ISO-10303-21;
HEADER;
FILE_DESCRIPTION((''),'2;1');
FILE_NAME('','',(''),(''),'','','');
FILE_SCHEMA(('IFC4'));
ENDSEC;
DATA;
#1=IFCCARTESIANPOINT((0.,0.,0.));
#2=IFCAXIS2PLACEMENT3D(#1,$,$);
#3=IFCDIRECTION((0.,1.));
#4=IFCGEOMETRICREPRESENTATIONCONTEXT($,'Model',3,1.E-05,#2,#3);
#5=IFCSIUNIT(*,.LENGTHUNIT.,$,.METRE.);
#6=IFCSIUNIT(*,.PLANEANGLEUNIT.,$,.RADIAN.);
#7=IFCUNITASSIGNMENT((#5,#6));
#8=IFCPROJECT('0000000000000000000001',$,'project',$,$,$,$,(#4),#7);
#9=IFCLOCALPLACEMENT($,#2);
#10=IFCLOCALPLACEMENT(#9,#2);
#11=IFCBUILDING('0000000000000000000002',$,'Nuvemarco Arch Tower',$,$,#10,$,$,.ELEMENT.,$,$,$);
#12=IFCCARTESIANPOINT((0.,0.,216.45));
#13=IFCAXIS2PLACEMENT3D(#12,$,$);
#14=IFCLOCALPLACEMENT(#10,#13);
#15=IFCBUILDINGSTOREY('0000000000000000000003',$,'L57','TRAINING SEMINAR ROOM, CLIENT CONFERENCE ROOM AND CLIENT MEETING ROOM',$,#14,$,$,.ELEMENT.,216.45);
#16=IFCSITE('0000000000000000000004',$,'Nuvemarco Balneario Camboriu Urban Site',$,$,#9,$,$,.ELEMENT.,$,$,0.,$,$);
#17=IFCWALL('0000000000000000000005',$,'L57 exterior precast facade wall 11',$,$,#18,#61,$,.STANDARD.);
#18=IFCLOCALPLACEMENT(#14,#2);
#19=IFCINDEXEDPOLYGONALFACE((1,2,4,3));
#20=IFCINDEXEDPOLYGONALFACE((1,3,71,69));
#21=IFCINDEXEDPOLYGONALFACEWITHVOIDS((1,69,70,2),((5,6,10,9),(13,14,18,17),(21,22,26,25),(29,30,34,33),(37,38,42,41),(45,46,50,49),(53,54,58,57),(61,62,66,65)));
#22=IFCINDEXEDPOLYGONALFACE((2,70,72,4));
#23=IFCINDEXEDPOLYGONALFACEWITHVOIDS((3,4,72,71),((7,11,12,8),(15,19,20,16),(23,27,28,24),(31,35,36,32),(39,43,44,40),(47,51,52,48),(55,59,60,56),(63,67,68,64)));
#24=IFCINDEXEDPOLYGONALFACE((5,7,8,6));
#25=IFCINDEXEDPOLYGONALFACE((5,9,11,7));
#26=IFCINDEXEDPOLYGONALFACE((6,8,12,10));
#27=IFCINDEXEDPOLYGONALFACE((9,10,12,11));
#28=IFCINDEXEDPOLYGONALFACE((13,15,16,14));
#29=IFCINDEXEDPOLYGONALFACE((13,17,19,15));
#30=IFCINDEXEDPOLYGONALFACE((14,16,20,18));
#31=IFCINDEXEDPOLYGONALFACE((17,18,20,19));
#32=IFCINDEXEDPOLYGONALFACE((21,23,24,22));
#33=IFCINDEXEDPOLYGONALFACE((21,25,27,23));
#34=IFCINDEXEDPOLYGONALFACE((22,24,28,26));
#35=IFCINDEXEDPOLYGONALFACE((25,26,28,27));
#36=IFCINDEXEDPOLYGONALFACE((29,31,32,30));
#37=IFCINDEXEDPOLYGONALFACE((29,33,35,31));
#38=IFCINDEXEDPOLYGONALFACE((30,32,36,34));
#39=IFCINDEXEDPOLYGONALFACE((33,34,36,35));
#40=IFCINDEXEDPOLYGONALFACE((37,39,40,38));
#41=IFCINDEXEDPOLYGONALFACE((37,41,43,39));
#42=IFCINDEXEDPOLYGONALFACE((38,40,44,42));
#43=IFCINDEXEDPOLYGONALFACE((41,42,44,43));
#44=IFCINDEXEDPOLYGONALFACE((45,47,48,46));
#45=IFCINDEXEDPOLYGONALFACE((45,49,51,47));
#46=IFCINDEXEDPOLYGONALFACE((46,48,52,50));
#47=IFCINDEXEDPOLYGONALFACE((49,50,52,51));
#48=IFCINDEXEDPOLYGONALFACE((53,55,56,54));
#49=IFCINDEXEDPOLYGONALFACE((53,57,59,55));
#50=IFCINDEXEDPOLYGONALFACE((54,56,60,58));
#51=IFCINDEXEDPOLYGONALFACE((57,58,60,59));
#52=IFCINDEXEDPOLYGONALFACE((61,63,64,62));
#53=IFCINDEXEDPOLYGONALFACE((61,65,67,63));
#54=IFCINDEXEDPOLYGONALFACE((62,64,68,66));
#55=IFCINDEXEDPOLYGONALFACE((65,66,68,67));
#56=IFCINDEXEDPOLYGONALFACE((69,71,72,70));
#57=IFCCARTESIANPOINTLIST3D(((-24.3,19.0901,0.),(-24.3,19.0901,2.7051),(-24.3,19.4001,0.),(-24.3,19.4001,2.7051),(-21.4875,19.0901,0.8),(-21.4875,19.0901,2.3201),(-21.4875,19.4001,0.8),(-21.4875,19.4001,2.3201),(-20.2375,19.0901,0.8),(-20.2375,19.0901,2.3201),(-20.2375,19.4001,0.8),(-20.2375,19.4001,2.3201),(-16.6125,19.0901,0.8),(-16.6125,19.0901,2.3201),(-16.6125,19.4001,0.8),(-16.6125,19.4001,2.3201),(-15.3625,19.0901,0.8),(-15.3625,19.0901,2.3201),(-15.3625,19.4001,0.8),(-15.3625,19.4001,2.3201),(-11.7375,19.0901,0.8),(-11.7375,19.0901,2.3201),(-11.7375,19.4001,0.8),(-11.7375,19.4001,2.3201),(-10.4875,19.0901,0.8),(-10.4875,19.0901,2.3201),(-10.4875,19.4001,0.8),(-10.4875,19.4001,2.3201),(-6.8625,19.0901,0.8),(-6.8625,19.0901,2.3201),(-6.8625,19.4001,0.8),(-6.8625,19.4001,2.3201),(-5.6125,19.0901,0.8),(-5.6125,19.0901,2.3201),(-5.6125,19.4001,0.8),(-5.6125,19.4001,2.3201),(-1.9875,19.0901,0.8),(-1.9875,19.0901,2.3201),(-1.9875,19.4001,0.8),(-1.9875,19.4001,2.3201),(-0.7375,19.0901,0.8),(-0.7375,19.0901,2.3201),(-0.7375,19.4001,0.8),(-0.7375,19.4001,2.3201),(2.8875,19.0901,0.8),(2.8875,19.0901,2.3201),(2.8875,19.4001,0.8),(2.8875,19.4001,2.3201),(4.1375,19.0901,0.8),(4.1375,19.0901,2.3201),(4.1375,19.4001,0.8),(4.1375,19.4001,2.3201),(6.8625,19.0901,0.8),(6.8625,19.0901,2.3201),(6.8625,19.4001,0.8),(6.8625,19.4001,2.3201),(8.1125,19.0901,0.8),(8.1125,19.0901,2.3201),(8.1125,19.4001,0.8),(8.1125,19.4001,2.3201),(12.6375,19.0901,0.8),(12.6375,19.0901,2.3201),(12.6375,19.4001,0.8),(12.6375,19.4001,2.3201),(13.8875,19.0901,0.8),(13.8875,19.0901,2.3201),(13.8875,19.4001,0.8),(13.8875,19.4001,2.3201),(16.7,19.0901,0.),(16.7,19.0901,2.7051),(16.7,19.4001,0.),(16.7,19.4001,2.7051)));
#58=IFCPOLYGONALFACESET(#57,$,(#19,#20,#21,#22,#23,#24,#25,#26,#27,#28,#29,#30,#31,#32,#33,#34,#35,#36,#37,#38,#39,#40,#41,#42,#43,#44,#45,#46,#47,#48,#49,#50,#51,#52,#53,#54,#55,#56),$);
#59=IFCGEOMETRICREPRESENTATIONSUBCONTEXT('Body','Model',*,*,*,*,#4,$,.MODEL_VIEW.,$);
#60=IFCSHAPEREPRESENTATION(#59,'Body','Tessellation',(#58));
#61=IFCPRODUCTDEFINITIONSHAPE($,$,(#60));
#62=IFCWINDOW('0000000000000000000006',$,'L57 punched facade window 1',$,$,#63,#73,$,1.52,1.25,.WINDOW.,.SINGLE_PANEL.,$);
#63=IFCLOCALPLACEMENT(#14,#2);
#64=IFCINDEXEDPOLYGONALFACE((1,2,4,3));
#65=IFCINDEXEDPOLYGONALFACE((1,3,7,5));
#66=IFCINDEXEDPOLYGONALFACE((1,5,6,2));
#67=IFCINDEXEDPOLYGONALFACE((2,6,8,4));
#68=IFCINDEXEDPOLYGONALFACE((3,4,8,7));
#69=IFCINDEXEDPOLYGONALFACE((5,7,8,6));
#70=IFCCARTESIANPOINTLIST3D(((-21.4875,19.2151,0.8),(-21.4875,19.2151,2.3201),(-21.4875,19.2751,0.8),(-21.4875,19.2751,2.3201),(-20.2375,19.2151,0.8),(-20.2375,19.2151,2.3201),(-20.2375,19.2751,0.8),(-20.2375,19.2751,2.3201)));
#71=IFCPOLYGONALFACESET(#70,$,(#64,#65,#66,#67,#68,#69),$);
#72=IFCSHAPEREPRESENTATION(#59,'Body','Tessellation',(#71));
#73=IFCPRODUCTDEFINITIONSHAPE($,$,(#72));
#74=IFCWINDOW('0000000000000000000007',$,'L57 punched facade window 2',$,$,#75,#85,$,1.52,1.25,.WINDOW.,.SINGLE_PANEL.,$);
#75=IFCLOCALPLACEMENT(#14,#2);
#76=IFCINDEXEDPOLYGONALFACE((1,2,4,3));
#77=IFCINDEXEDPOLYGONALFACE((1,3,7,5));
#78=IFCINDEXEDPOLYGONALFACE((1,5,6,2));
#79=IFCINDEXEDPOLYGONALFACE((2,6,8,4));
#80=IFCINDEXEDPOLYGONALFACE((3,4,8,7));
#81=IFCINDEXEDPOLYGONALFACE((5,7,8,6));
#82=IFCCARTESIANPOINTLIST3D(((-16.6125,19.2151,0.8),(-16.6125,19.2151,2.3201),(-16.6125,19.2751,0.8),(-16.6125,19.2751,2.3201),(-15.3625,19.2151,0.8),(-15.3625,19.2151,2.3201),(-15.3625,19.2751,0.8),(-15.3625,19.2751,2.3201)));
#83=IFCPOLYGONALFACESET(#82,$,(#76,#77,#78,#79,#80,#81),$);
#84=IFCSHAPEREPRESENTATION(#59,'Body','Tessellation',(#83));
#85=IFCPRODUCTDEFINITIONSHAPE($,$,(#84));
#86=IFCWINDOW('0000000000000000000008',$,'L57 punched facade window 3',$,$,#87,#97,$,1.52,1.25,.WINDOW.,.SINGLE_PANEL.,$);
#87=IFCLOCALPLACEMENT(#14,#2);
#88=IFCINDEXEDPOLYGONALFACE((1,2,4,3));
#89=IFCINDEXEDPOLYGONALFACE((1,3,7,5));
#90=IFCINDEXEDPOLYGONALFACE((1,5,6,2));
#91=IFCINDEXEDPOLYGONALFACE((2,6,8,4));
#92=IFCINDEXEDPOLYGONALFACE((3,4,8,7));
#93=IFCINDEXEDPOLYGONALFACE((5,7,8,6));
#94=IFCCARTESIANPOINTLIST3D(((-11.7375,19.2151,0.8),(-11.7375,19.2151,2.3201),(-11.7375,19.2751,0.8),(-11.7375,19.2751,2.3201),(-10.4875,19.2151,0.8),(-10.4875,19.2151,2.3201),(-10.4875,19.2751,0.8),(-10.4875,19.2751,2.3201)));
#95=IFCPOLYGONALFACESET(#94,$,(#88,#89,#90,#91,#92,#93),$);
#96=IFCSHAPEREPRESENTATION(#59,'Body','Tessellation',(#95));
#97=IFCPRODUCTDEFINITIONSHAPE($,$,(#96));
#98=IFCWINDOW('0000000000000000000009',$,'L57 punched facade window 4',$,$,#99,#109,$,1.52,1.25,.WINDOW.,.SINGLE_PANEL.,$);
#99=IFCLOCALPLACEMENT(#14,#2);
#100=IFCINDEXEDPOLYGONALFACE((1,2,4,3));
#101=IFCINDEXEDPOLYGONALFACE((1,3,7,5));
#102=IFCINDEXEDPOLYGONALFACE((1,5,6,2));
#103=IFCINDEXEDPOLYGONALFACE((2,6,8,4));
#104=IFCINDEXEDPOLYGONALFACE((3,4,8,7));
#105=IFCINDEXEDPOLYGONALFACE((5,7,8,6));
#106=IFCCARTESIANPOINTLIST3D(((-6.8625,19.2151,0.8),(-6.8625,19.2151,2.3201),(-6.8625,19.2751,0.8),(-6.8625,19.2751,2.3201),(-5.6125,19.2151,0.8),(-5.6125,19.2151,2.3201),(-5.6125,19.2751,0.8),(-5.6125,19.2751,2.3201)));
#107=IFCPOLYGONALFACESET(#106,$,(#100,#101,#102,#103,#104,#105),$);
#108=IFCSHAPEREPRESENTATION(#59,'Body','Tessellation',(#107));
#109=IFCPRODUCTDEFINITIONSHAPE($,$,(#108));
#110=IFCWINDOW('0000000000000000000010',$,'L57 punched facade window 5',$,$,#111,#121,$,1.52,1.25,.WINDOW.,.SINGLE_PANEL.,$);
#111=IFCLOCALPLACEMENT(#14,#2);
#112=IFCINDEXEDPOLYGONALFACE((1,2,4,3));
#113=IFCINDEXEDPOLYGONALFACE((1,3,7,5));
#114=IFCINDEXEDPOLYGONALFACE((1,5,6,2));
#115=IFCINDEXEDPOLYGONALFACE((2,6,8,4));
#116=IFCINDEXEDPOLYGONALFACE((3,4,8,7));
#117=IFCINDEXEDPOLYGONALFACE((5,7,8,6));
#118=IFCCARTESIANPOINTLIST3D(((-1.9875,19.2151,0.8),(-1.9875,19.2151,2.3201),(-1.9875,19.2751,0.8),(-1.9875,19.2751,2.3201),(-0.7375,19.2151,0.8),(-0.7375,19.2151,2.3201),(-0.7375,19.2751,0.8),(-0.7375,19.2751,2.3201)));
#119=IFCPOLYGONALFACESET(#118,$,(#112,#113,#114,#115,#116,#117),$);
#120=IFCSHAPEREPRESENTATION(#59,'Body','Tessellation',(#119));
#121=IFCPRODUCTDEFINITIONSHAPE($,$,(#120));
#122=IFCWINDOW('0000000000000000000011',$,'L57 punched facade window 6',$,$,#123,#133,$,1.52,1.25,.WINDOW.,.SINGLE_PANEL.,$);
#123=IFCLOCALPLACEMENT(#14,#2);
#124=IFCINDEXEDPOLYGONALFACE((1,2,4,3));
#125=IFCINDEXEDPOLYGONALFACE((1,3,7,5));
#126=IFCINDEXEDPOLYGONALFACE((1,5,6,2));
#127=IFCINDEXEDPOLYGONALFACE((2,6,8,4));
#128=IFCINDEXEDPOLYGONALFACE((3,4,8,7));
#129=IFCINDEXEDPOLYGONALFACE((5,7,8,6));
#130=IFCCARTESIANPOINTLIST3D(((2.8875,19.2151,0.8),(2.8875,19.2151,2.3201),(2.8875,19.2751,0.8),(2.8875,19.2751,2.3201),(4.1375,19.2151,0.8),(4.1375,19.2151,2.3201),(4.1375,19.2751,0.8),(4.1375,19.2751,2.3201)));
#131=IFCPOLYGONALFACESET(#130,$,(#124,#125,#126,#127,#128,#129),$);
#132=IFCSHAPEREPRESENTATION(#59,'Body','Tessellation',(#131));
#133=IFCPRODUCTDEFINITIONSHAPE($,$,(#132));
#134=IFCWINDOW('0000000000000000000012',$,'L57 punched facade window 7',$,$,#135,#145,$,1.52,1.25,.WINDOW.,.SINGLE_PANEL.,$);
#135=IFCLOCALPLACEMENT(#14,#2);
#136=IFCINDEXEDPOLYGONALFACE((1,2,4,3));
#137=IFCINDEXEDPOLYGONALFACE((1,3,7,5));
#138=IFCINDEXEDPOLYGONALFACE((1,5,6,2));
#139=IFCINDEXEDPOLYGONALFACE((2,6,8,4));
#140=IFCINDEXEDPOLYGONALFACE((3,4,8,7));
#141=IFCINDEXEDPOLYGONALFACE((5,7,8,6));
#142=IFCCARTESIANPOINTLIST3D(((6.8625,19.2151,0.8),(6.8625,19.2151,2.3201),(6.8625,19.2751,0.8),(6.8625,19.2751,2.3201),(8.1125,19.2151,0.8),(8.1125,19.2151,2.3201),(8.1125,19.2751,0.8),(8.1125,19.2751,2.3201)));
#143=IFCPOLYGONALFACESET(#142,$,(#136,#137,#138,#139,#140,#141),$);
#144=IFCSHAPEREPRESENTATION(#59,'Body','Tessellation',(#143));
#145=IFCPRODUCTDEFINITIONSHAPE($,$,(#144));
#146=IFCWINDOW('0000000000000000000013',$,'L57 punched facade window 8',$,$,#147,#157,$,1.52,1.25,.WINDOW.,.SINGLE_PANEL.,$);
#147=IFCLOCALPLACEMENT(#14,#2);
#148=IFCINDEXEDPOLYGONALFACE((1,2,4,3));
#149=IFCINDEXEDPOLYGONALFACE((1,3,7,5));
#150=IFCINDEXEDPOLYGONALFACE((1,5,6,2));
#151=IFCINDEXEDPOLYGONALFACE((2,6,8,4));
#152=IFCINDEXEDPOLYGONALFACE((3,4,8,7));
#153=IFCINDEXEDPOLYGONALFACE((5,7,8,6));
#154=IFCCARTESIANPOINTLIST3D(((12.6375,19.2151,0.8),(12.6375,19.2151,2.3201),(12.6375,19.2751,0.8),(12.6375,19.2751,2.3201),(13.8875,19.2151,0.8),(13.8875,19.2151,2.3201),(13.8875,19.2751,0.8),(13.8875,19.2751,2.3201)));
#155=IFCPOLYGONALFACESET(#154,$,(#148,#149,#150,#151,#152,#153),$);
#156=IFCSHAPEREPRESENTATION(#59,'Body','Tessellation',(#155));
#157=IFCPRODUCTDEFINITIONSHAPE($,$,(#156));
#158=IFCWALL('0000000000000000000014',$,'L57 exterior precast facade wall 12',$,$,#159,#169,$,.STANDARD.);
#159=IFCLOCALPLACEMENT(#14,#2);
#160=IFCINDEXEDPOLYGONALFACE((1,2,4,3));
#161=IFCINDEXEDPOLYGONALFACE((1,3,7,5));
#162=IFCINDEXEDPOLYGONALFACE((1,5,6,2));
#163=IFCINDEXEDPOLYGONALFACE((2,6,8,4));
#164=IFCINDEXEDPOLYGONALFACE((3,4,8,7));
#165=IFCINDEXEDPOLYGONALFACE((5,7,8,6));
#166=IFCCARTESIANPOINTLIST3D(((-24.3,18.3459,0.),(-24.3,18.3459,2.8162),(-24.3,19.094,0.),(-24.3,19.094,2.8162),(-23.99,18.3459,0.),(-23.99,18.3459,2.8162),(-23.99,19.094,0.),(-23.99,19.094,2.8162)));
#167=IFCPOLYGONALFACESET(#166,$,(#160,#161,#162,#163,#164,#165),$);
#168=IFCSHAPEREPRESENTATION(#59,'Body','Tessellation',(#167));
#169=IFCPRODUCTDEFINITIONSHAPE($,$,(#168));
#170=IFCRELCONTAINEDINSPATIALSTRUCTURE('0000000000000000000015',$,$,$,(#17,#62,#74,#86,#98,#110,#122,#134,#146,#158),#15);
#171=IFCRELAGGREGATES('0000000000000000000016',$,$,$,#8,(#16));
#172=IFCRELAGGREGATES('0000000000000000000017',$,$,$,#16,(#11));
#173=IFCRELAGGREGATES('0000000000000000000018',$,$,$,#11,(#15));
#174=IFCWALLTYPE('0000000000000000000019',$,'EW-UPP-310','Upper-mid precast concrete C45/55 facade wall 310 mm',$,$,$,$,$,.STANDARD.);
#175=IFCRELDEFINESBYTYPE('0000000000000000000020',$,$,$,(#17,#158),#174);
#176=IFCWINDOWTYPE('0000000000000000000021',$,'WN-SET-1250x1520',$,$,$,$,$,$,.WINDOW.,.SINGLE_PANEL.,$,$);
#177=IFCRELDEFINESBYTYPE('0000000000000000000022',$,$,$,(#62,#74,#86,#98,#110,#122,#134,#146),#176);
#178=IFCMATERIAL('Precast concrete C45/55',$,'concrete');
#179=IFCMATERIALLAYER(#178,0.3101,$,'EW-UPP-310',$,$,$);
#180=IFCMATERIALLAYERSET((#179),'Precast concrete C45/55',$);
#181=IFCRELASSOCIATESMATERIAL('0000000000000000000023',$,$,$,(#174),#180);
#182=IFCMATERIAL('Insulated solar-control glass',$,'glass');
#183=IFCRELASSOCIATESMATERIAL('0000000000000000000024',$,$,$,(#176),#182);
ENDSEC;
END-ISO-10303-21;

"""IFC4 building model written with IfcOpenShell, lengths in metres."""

from ifc_helpers import new_model, si_unit, direction, frame, frame_2d, origin, place, context, subcontext, project, spatial, rectangle, extrude, source, transform, mapped, material, layer, layer_set, type_object, type_shapes, element, fill, save


model = new_model("IFC4")

# Units and contexts
model_context = context("Model", 3, precision=1e-05, world=origin(), true_north=direction((0.0, 1.0)))
body_context = subcontext(model_context, "Body", "Model", "MODEL_VIEW")
ifc_project = project(units=[si_unit("LENGTHUNIT", "METRE"), si_unit("PLANEANGLEUNIT", "RADIAN")], contexts=[model_context])

# Site, building, storey
site_placement = place(None, origin())
site = spatial("IfcSite", under=ifc_project, at=site_placement, Name="Nuvemarco Balneario Camboriu Urban Site", CompositionType="ELEMENT", RefElevation=0.0)
building_placement = place(site_placement, origin())
building = spatial("IfcBuilding", under=site, at=building_placement, Name="Nuvemarco Arch Tower", CompositionType="ELEMENT")
storey_placement = place(building_placement, frame((0.0, 0.0, 216.45)))
storey = spatial("IfcBuildingStorey", under=building, at=storey_placement, Name="L57", Description="TRAINING SEMINAR ROOM, CLIENT CONFERENCE ROOM AND CLIENT MEETING ROOM", CompositionType="ELEMENT", Elevation=216.45)

# Wall, openings, windows
ifc_material_1 = material(Name="Precast concrete C45/55", Category="concrete")
ifc_layer = layer(ifc_material_1, 0.3101, Name="EW-UPP-310")
ifc_layer_set = layer_set([ifc_layer], Name="Precast concrete C45/55")
wall_type = type_object("IfcWallType", Name="EW-UPP-310", Description="Upper-mid precast concrete C45/55 facade wall 310 mm", PredefinedType="STANDARD", material=ifc_layer_set)
wall_1_placement = place(storey_placement, frame((-24.3, 19.2451, 0.0), z_axis=(0.0, 0.0, 1.0), x_axis=(1.0, 0.0, 0.0)))
wall_1 = element("IfcWall", 1, at=wall_1_placement, inside=storey, type_object=wall_type, Name="L57 exterior precast facade wall 11", PredefinedType="STANDARD", context=body_context, shape_type="SweptSolid", body=[
    extrude(rectangle(XDim=41.0, YDim=0.3101, at=frame_2d((20.5, 0.0))), origin(), (0.0, 0.0, 1.0), 2.7051),
])
opening_1_placement = place(wall_1_placement, frame((2.8125, 0.0, 0.8)))
opening_1 = element("IfcOpeningElement", 2, at=opening_1_placement, cuts=wall_1, PredefinedType="OPENING", context=body_context, shape_type="SweptSolid", body=[
    extrude(rectangle(XDim=1.25, YDim=1.52, at=frame_2d((0.625, 0.76))), frame((0.0, 0.165, 0.0), z_axis=(0.0, -1.0, 0.0), x_axis=(1.0, 0.0, 0.0)), (0.0, 0.0, 1.0), 0.3301),
])
opening_2_placement = place(wall_1_placement, frame((7.6875, 0.0, 0.8)))
opening_2 = element("IfcOpeningElement", 3, at=opening_2_placement, cuts=wall_1, PredefinedType="OPENING", context=body_context, shape_type="SweptSolid", body=[
    extrude(rectangle(XDim=1.25, YDim=1.52, at=frame_2d((0.625, 0.76))), frame((0.0, 0.165, 0.0), z_axis=(0.0, -1.0, 0.0), x_axis=(1.0, 0.0, 0.0)), (0.0, 0.0, 1.0), 0.3301),
])
opening_3_placement = place(wall_1_placement, frame((12.5625, 0.0, 0.8)))
opening_3 = element("IfcOpeningElement", 4, at=opening_3_placement, cuts=wall_1, PredefinedType="OPENING", context=body_context, shape_type="SweptSolid", body=[
    extrude(rectangle(XDim=1.25, YDim=1.52, at=frame_2d((0.625, 0.76))), frame((0.0, 0.165, 0.0), z_axis=(0.0, -1.0, 0.0), x_axis=(1.0, 0.0, 0.0)), (0.0, 0.0, 1.0), 0.3301),
])
opening_4_placement = place(wall_1_placement, frame((17.4375, 0.0, 0.8)))
opening_4 = element("IfcOpeningElement", 5, at=opening_4_placement, cuts=wall_1, PredefinedType="OPENING", context=body_context, shape_type="SweptSolid", body=[
    extrude(rectangle(XDim=1.25, YDim=1.52, at=frame_2d((0.625, 0.76))), frame((0.0, 0.165, 0.0), z_axis=(0.0, -1.0, 0.0), x_axis=(1.0, 0.0, 0.0)), (0.0, 0.0, 1.0), 0.3301),
])
opening_5_placement = place(wall_1_placement, frame((22.3125, 0.0, 0.8)))
opening_5 = element("IfcOpeningElement", 6, at=opening_5_placement, cuts=wall_1, PredefinedType="OPENING", context=body_context, shape_type="SweptSolid", body=[
    extrude(rectangle(XDim=1.25, YDim=1.52, at=frame_2d((0.625, 0.76))), frame((0.0, 0.165, 0.0), z_axis=(0.0, -1.0, 0.0), x_axis=(1.0, 0.0, 0.0)), (0.0, 0.0, 1.0), 0.3301),
])
opening_6_placement = place(wall_1_placement, frame((27.1875, 0.0, 0.8)))
opening_6 = element("IfcOpeningElement", 7, at=opening_6_placement, cuts=wall_1, PredefinedType="OPENING", context=body_context, shape_type="SweptSolid", body=[
    extrude(rectangle(XDim=1.25, YDim=1.52, at=frame_2d((0.625, 0.76))), frame((0.0, 0.165, 0.0), z_axis=(0.0, -1.0, 0.0), x_axis=(1.0, 0.0, 0.0)), (0.0, 0.0, 1.0), 0.3301),
])
opening_7_placement = place(wall_1_placement, frame((31.1626, 0.0, 0.8)))
opening_7 = element("IfcOpeningElement", 8, at=opening_7_placement, cuts=wall_1, PredefinedType="OPENING", context=body_context, shape_type="SweptSolid", body=[
    extrude(rectangle(XDim=1.25, YDim=1.52, at=frame_2d((0.625, 0.76))), frame((0.0, 0.165, 0.0), z_axis=(0.0, -1.0, 0.0), x_axis=(1.0, 0.0, 0.0)), (0.0, 0.0, 1.0), 0.3301),
])
opening_8_placement = place(wall_1_placement, frame((36.9375, 0.0, 0.8)))
opening_8 = element("IfcOpeningElement", 9, at=opening_8_placement, cuts=wall_1, PredefinedType="OPENING", context=body_context, shape_type="SweptSolid", body=[
    extrude(rectangle(XDim=1.25, YDim=1.52, at=frame_2d((0.625, 0.76))), frame((0.0, 0.165, 0.0), z_axis=(0.0, -1.0, 0.0), x_axis=(1.0, 0.0, 0.0)), (0.0, 0.0, 1.0), 0.3301),
])
ifc_material_2 = material(Name="Insulated solar-control glass", Category="glass")
window_type = type_object("IfcWindowType", Name="WN-SET-1250x1520", PartitioningType="SINGLE_PANEL", PredefinedType="WINDOW", material=ifc_material_2)
shared_shape_1 = source(origin(), body_context, "Body", "SweptSolid", [
    extrude(rectangle(XDim=1.25, YDim=1.52, at=frame_2d((0.625, 0.76))), frame((0.0, 0.03, 0.0), z_axis=(0.0, -1.0, 0.0), x_axis=(1.0, 0.0, 0.0)), (0.0, 0.0, 1.0), 0.0601),
])
type_shapes(window_type, [shared_shape_1])
window_1_placement = place(opening_1_placement, origin())
window_1 = element("IfcWindow", 10, at=window_1_placement, inside=storey, type_object=window_type, Name="L57 punched facade window 1", OverallHeight=1.52, OverallWidth=1.25, PartitioningType="SINGLE_PANEL", PredefinedType="WINDOW", context=body_context, shape_type="MappedRepresentation", body=[
    mapped(shared_shape_1, transform((0.0, 0.0, 0.0), scale=1.0)),
])
fill(opening_1, window_1)
window_2_placement = place(opening_2_placement, origin())
window_2 = element("IfcWindow", 11, at=window_2_placement, inside=storey, type_object=window_type, Name="L57 punched facade window 2", OverallHeight=1.52, OverallWidth=1.25, PartitioningType="SINGLE_PANEL", PredefinedType="WINDOW", context=body_context, shape_type="MappedRepresentation", body=[
    mapped(shared_shape_1, transform((0.0, 0.0, 0.0), scale=1.0)),
])
fill(opening_2, window_2)
window_3_placement = place(opening_3_placement, origin())
window_3 = element("IfcWindow", 12, at=window_3_placement, inside=storey, type_object=window_type, Name="L57 punched facade window 3", OverallHeight=1.52, OverallWidth=1.25, PartitioningType="SINGLE_PANEL", PredefinedType="WINDOW", context=body_context, shape_type="MappedRepresentation", body=[
    mapped(shared_shape_1, transform((0.0, 0.0, 0.0), scale=1.0)),
])
fill(opening_3, window_3)
window_4_placement = place(opening_4_placement, origin())
window_4 = element("IfcWindow", 13, at=window_4_placement, inside=storey, type_object=window_type, Name="L57 punched facade window 4", OverallHeight=1.52, OverallWidth=1.25, PartitioningType="SINGLE_PANEL", PredefinedType="WINDOW", context=body_context, shape_type="MappedRepresentation", body=[
    mapped(shared_shape_1, transform((0.0, 0.0, 0.0), scale=1.0)),
])
fill(opening_4, window_4)
window_5_placement = place(opening_5_placement, origin())
window_5 = element("IfcWindow", 14, at=window_5_placement, inside=storey, type_object=window_type, Name="L57 punched facade window 5", OverallHeight=1.52, OverallWidth=1.25, PartitioningType="SINGLE_PANEL", PredefinedType="WINDOW", context=body_context, shape_type="MappedRepresentation", body=[
    mapped(shared_shape_1, transform((0.0, 0.0, 0.0), scale=1.0)),
])
fill(opening_5, window_5)
window_6_placement = place(opening_6_placement, origin())
window_6 = element("IfcWindow", 15, at=window_6_placement, inside=storey, type_object=window_type, Name="L57 punched facade window 6", OverallHeight=1.52, OverallWidth=1.25, PartitioningType="SINGLE_PANEL", PredefinedType="WINDOW", context=body_context, shape_type="MappedRepresentation", body=[
    mapped(shared_shape_1, transform((0.0, 0.0, 0.0), scale=1.0)),
])
fill(opening_6, window_6)
window_7_placement = place(opening_7_placement, origin())
window_7 = element("IfcWindow", 16, at=window_7_placement, inside=storey, type_object=window_type, Name="L57 punched facade window 7", OverallHeight=1.52, OverallWidth=1.25, PartitioningType="SINGLE_PANEL", PredefinedType="WINDOW", context=body_context, shape_type="MappedRepresentation", body=[
    mapped(shared_shape_1, transform((0.0, 0.0, 0.0), scale=1.0)),
])
fill(opening_7, window_7)
window_8_placement = place(opening_8_placement, origin())
window_8 = element("IfcWindow", 17, at=window_8_placement, inside=storey, type_object=window_type, Name="L57 punched facade window 8", OverallHeight=1.52, OverallWidth=1.25, PartitioningType="SINGLE_PANEL", PredefinedType="WINDOW", context=body_context, shape_type="MappedRepresentation", body=[
    mapped(shared_shape_1, transform((0.0, 0.0, 0.0), scale=1.0)),
])
fill(opening_8, window_8)

# Wall
wall_2_placement = place(storey_placement, frame((-24.145, 18.3459, 0.0), z_axis=(0.0, 0.0, 1.0), x_axis=(0.0, 1.0, 0.0)))
element("IfcWall", 18, at=wall_2_placement, inside=storey, type_object=wall_type, Name="L57 exterior precast facade wall 12", PredefinedType="STANDARD", context=body_context, shape_type="SweptSolid", body=[
    extrude(rectangle(XDim=0.748, YDim=0.3101, at=frame_2d((0.374, 0.0))), origin(), (0.0, 0.0, 1.0), 2.8162),
])

save(model, "model.ifc")
